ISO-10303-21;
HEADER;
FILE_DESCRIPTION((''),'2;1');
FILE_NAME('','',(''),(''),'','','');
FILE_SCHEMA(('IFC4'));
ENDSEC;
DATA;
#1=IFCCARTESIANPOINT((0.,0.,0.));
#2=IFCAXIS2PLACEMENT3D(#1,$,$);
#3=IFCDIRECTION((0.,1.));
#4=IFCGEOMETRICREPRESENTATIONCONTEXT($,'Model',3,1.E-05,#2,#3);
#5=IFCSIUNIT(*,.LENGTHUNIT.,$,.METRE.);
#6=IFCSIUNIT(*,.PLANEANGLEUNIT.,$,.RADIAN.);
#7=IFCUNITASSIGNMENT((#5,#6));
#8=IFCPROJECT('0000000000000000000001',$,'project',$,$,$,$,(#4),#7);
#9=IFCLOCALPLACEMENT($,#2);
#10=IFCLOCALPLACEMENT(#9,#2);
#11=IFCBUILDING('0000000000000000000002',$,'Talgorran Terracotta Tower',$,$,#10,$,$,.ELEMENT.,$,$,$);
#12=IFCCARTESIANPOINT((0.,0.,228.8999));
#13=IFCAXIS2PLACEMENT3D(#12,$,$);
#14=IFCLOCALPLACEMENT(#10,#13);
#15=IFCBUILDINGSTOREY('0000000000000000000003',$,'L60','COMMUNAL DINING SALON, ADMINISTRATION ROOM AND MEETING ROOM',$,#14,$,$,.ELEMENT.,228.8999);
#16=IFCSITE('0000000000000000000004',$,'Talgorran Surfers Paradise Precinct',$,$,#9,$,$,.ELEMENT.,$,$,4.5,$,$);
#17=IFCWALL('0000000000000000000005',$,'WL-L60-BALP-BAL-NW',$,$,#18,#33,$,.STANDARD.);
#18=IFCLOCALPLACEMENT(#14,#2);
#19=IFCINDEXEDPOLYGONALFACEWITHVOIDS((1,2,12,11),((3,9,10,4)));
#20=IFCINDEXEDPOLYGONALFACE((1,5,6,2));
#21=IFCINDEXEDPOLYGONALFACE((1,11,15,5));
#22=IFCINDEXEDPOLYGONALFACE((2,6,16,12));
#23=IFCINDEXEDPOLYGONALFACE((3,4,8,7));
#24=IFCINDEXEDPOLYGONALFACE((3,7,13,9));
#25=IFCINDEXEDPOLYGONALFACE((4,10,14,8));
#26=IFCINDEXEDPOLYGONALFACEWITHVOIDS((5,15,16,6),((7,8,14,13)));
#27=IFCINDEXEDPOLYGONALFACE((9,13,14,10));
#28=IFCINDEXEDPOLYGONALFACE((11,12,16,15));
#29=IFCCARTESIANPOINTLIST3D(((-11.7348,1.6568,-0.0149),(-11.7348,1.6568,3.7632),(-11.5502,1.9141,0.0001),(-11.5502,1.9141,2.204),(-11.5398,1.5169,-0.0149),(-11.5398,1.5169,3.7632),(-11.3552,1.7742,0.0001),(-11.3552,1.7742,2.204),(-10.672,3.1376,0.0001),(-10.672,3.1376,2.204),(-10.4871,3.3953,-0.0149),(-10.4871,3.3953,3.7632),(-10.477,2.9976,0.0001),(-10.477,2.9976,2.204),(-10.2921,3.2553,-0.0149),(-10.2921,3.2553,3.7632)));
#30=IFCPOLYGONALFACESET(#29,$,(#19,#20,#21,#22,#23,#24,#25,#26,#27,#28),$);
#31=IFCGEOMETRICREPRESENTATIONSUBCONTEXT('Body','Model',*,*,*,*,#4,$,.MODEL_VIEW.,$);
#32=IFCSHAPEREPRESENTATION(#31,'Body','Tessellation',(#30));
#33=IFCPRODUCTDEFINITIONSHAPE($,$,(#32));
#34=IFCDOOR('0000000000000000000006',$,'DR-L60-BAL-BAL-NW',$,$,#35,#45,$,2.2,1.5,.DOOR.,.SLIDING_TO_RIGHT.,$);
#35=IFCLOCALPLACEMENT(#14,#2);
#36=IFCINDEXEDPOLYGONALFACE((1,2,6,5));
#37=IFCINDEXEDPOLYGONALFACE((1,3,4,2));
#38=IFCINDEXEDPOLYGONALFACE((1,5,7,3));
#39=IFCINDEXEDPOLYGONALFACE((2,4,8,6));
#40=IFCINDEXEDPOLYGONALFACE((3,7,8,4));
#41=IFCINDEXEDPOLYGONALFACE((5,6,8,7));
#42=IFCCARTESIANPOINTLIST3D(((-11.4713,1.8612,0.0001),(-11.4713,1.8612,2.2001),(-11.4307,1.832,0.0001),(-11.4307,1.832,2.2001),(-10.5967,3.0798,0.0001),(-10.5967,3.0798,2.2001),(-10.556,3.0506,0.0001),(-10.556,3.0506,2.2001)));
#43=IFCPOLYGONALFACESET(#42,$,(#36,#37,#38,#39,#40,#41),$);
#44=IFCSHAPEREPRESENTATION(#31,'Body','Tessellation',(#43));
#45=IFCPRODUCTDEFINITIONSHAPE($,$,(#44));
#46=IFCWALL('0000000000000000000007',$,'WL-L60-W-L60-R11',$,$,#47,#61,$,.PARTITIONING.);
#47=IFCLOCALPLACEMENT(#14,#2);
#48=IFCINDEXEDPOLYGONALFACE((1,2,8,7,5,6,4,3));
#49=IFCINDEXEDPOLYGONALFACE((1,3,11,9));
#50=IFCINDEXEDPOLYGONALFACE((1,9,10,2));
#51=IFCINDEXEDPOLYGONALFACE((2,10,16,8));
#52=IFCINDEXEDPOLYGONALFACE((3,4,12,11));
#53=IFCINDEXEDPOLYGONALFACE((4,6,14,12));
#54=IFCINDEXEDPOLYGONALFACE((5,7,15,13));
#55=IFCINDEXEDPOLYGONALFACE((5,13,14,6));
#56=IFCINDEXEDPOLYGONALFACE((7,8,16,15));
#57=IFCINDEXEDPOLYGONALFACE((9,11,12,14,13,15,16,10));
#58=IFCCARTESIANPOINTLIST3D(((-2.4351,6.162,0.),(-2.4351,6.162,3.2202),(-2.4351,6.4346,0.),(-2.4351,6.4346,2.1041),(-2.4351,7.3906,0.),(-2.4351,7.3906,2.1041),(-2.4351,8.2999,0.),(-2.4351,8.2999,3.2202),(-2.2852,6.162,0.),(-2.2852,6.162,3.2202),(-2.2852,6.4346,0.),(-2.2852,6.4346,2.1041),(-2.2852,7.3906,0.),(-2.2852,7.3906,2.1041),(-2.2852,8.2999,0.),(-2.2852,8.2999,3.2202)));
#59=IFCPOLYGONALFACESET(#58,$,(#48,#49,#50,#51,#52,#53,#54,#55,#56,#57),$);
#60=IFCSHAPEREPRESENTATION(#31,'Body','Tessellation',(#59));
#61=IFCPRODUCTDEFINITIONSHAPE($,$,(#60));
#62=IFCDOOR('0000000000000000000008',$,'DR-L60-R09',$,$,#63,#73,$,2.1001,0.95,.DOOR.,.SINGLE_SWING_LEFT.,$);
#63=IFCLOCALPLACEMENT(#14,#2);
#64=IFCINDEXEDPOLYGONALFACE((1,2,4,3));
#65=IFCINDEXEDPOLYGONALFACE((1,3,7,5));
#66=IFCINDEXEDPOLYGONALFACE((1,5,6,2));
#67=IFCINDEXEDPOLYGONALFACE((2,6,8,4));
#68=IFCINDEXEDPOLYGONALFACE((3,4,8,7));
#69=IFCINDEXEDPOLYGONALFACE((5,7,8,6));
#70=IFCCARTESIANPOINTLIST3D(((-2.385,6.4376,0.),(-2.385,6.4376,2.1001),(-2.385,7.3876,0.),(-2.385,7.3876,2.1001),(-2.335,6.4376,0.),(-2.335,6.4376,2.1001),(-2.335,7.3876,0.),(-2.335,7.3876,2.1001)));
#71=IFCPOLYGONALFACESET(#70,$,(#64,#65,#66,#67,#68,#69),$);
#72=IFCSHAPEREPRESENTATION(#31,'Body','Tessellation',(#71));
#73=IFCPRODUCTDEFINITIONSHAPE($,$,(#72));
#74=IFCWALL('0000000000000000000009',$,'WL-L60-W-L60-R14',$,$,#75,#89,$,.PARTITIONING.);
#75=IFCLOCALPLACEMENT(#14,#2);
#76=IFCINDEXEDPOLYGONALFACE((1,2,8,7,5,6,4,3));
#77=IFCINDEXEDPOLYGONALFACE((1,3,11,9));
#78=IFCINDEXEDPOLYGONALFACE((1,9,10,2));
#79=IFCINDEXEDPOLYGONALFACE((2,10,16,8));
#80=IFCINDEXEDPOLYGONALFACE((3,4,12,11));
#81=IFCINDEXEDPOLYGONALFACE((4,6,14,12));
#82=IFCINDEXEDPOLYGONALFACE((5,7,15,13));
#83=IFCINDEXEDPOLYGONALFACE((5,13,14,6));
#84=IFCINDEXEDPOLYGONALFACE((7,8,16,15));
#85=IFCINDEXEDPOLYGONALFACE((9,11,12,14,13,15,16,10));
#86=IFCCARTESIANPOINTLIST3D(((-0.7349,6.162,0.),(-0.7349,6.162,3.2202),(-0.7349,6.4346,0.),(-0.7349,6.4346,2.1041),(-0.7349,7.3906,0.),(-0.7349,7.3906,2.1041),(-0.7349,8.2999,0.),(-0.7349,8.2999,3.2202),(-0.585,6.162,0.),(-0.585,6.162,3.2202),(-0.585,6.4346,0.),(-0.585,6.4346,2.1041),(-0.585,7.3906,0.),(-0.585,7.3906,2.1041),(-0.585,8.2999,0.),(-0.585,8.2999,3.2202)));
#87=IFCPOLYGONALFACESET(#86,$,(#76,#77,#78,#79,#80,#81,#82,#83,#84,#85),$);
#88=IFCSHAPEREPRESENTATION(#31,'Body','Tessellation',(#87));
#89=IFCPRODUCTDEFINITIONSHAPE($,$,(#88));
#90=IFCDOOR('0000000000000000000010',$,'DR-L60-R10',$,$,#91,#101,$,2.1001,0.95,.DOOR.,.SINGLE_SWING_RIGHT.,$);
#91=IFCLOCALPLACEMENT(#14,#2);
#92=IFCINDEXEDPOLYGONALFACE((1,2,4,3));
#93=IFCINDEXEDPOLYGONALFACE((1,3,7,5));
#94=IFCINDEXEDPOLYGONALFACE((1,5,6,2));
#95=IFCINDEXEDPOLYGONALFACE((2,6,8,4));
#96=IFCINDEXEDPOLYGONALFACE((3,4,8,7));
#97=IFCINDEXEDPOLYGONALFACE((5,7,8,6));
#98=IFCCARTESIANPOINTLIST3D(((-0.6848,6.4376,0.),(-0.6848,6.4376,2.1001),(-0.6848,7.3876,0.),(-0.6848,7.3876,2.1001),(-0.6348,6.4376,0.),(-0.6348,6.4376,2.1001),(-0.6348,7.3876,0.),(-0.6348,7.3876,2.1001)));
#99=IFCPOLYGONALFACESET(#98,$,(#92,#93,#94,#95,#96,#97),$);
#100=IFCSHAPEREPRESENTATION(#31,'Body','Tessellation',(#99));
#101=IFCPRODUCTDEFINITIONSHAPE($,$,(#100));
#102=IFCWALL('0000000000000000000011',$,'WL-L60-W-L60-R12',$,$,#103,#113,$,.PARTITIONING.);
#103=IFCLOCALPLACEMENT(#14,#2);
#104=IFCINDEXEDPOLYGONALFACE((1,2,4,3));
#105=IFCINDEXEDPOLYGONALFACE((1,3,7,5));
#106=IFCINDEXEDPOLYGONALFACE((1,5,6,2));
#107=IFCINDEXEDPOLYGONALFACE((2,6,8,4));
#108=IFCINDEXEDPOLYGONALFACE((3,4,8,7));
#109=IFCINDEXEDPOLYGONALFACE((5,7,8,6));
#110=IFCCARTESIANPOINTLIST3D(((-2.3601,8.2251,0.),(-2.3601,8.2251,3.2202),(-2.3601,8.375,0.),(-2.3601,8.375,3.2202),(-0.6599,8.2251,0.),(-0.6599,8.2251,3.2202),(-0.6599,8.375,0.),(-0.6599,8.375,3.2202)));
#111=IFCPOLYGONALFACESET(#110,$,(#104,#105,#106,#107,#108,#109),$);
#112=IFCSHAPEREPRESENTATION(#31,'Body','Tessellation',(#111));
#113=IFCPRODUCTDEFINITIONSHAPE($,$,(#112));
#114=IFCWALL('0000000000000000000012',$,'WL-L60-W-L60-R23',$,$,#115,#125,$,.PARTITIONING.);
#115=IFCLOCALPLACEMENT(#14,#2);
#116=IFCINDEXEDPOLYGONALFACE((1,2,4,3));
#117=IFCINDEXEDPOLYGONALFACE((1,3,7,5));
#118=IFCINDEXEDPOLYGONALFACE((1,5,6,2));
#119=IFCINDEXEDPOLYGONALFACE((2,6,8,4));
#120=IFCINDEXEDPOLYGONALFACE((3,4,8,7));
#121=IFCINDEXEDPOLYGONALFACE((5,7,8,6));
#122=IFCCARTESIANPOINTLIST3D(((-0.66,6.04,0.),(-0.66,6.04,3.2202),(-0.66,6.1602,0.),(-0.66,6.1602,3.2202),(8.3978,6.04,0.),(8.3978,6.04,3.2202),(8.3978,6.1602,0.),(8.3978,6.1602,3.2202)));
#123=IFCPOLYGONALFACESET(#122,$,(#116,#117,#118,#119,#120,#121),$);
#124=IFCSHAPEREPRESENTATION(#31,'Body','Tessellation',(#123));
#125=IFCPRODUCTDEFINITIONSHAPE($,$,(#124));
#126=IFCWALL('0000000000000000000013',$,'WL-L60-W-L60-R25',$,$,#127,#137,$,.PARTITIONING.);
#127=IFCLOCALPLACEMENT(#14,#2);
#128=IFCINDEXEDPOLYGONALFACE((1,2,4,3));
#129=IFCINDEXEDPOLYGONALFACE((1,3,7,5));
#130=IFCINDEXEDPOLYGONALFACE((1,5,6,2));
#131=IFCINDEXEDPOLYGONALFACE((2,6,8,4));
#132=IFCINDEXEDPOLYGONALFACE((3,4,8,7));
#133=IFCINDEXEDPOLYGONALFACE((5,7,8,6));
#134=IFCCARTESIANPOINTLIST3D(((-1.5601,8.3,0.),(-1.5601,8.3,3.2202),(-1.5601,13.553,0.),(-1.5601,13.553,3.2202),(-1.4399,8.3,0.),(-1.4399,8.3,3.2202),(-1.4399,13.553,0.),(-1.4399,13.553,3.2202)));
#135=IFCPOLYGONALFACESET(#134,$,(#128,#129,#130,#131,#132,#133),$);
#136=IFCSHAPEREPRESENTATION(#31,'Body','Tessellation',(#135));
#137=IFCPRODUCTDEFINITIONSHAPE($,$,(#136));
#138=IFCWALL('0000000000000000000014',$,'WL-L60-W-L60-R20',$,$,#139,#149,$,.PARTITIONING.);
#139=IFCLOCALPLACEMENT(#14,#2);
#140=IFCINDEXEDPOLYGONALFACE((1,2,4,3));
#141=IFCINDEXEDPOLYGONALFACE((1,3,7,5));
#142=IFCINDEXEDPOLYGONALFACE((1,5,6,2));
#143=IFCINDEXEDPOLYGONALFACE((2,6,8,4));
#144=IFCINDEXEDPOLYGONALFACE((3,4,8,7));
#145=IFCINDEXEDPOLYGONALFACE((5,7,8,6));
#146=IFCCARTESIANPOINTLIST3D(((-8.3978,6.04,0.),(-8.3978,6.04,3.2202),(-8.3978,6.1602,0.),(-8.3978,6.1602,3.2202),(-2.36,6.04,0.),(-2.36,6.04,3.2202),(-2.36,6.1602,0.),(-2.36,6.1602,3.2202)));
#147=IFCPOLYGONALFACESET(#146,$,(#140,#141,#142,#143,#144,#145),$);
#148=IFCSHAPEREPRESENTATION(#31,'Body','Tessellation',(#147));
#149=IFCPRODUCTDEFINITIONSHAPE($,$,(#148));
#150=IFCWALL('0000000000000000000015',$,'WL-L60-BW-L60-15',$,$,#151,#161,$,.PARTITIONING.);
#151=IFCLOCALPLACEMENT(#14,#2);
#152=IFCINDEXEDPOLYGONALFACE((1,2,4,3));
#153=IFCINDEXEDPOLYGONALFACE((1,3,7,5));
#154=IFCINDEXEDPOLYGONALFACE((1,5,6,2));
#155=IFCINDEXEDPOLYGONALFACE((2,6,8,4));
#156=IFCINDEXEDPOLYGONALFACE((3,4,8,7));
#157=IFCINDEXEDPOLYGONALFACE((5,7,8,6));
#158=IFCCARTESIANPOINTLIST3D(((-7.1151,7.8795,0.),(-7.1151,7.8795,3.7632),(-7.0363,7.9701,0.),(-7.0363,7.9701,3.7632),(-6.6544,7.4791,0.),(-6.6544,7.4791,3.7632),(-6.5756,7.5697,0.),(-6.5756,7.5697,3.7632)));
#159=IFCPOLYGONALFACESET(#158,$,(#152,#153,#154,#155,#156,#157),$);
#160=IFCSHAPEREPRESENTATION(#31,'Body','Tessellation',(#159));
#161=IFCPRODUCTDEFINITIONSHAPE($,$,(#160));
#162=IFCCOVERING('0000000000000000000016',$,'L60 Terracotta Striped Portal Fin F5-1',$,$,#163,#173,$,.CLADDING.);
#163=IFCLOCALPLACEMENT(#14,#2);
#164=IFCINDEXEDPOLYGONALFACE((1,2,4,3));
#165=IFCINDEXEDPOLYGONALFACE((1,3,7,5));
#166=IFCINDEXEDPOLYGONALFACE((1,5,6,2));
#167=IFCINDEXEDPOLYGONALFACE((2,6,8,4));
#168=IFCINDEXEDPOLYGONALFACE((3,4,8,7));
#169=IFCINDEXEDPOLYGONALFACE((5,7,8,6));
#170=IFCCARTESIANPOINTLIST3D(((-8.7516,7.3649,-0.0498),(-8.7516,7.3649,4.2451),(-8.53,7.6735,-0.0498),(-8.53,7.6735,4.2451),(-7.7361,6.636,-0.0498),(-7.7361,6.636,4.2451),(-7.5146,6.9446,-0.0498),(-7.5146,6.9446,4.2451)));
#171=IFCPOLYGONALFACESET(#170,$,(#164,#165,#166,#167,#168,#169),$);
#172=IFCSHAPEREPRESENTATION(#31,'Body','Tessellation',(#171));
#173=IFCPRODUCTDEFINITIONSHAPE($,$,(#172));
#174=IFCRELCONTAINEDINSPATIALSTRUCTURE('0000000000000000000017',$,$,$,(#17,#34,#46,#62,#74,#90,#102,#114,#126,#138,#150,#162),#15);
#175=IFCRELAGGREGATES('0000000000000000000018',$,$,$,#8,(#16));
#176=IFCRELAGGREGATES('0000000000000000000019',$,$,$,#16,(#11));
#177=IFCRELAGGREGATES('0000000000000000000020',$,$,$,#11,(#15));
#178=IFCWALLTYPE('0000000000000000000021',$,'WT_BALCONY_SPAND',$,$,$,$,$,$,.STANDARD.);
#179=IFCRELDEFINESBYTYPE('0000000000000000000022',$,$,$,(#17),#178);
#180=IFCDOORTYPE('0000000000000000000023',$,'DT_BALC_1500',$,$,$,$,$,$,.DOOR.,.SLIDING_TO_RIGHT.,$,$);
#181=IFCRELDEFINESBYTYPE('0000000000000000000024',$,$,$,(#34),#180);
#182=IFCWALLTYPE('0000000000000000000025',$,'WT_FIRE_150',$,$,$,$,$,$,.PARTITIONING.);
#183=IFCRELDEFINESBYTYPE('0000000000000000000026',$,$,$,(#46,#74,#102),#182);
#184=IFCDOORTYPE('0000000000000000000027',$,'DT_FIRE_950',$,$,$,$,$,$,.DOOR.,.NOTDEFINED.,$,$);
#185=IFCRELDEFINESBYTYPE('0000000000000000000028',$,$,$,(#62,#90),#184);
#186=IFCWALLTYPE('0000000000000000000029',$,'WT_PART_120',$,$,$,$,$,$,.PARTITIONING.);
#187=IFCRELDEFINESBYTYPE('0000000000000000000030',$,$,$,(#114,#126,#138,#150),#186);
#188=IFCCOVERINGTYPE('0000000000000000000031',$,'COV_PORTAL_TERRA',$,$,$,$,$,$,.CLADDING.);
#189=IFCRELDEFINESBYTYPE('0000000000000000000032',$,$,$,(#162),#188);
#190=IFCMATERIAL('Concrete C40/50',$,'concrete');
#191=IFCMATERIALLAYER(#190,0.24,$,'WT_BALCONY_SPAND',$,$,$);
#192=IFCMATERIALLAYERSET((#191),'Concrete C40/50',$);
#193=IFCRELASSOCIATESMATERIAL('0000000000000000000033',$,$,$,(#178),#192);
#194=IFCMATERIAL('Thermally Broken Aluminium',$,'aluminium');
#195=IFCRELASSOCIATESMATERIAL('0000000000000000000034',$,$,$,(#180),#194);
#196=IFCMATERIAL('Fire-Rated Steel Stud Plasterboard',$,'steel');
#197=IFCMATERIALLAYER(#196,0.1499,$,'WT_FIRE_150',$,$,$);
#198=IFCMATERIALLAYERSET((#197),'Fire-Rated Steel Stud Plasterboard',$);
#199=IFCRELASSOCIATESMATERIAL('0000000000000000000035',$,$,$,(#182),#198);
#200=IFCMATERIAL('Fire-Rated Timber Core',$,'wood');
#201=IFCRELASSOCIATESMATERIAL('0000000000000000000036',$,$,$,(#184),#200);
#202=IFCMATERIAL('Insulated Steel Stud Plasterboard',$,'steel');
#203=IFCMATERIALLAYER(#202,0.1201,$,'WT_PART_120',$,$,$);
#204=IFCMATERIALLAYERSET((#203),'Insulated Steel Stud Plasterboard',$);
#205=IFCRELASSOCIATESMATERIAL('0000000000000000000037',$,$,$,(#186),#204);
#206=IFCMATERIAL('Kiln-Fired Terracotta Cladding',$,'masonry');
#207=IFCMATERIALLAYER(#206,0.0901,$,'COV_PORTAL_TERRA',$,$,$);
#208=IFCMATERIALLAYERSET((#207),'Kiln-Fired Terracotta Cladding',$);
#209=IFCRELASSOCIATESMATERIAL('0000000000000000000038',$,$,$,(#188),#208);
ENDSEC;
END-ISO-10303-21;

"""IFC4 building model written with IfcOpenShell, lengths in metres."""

from ifc_helpers import new_model, si_unit, direction, frame, frame_2d, origin, origin_2d, place, context, subcontext, project, spatial, rectangle, extrude, material, layer, layer_set, type_object, element, fill, save


model = new_model("IFC4")

# Units and contexts
model_context = context("Model", 3, precision=1e-05, world=origin(), true_north=direction((0.0, 1.0)))
body_context = subcontext(model_context, "Body", "Model", "MODEL_VIEW")
ifc_project = project(units=[si_unit("LENGTHUNIT", "METRE"), si_unit("PLANEANGLEUNIT", "RADIAN")], contexts=[model_context])

# Site, building, storey
site_placement = place(None, origin())
site = spatial("IfcSite", under=ifc_project, at=site_placement, Name="Talgorran Surfers Paradise Precinct", CompositionType="ELEMENT", RefElevation=4.5)
building_placement = place(site_placement, origin())
building = spatial("IfcBuilding", under=site, at=building_placement, Name="Talgorran Terracotta Tower", CompositionType="ELEMENT")
storey_placement = place(building_placement, frame((0.0, 0.0, 228.8999)))
storey = spatial("IfcBuildingStorey", under=building, at=storey_placement, Name="L60", Description="COMMUNAL DINING SALON, ADMINISTRATION ROOM AND MEETING ROOM", CompositionType="ELEMENT", Elevation=228.8999)

# Walls, openings, doors
ifc_material_1 = material(Name="Concrete C40/50", Category="concrete")
ifc_layer_1 = layer(ifc_material_1, 0.24, Name="WT_BALCONY_SPAND")
ifc_layer_set_1 = layer_set([ifc_layer_1], Name="Concrete C40/50")
wall_type_1 = type_object("IfcWallType", Name="WT_BALCONY_SPAND", PredefinedType="STANDARD", material=ifc_layer_set_1)
wall_1_placement = place(storey_placement, frame((-10.3896, 3.3252, -0.0149), z_axis=(0.0, 0.0, 1.0), x_axis=(-0.583093, -0.812405, 0.0)))
wall_1 = element("IfcWall", 1, at=wall_1_placement, inside=storey, type_object=wall_type_1, Name="WL-L60-BALP-BAL-NW", PredefinedType="STANDARD", context=body_context, shape_type="SweptSolid", body=[
    extrude(rectangle(XDim=2.1399, YDim=0.24, at=frame_2d((1.0698, 0.0))), origin(), (0.0, 0.0, 1.0), 3.7781),
])
opening_1_placement = place(wall_1_placement, frame((0.3201, 0.0, 0.0149)))
opening_1 = element("IfcOpeningElement", 2, at=opening_1_placement, cuts=wall_1, PredefinedType="OPENING", context=body_context, shape_type="SweptSolid", body=[
    extrude(rectangle(XDim=1.506, YDim=2.204, at=frame_2d((0.75, 1.1021))), frame((0.0, 0.1299, 0.0), z_axis=(0.0, -1.0, 0.0), x_axis=(1.0, 0.0, 0.0)), (0.0, 0.0, 1.0), 0.26),
])
ifc_material_2 = material(Name="Thermally Broken Aluminium", Category="aluminium")
door_type_1 = type_object("IfcDoorType", Name="DT_BALC_1500", OperationType="SLIDING_TO_RIGHT", PredefinedType="DOOR", material=ifc_material_2)
door_1_placement = place(opening_1_placement, origin())
door_1 = element("IfcDoor", 3, at=door_1_placement, inside=storey, type_object=door_type_1, Name="DR-L60-BAL-BAL-NW", OperationType="SLIDING_TO_RIGHT", OverallHeight=2.2, OverallWidth=1.5, PredefinedType="DOOR", context=body_context, shape_type="SweptSolid", body=[
    extrude(rectangle(XDim=1.5, YDim=2.2, at=frame_2d((0.75, 1.1001))), frame((0.0, 0.0249, 0.0), z_axis=(0.0, -1.0, 0.0), x_axis=(1.0, 0.0, 0.0)), (0.0, 0.0, 1.0), 0.05),
])
fill(opening_1, door_1)
ifc_material_3 = material(Name="Fire-Rated Steel Stud Plasterboard", Category="steel")
ifc_layer_2 = layer(ifc_material_3, 0.1499, Name="WT_FIRE_150")
ifc_layer_set_2 = layer_set([ifc_layer_2], Name="Fire-Rated Steel Stud Plasterboard")
wall_type_2 = type_object("IfcWallType", Name="WT_FIRE_150", PredefinedType="PARTITIONING", material=ifc_layer_set_2)
wall_2_placement = place(storey_placement, frame((-2.3601, 6.1621, 0.0), z_axis=(0.0, 0.0, 1.0), x_axis=(0.0, 1.0, 0.0)))
wall_2 = element("IfcWall", 4, at=wall_2_placement, inside=storey, type_object=wall_type_2, Name="WL-L60-W-L60-R11", PredefinedType="PARTITIONING", context=body_context, shape_type="SweptSolid", body=[
    extrude(rectangle(XDim=2.1379, YDim=0.1499, at=frame_2d((1.0688, 0.0))), origin(), (0.0, 0.0, 1.0), 3.2202),
])
opening_2_placement = place(wall_2_placement, frame((0.2754, 0.0, 0.0)))
opening_2 = element("IfcOpeningElement", 5, at=opening_2_placement, cuts=wall_2, PredefinedType="OPENING", context=body_context, shape_type="SweptSolid", body=[
    extrude(rectangle(XDim=0.956, YDim=2.1041, at=frame_2d((0.4751, 1.052))), frame((0.0, 0.085, 0.0), z_axis=(0.0, -1.0, 0.0), x_axis=(1.0, 0.0, 0.0)), (0.0, 0.0, 1.0), 0.1699),
])
ifc_material_4 = material(Name="Fire-Rated Timber Core", Category="wood")
door_type_2 = type_object("IfcDoorType", Name="DT_FIRE_950", OperationType="NOTDEFINED", PredefinedType="DOOR", material=ifc_material_4)
door_2_placement = place(opening_2_placement, origin())
door_2 = element("IfcDoor", 6, at=door_2_placement, inside=storey, type_object=door_type_2, Name="DR-L60-R09", OperationType="SINGLE_SWING_LEFT", OverallHeight=2.1001, OverallWidth=0.95, PredefinedType="DOOR", context=body_context, shape_type="SweptSolid", body=[
    extrude(rectangle(XDim=0.95, YDim=2.1001, at=frame_2d((0.4751, 1.05))), frame((0.0, 0.0249, 0.0), z_axis=(0.0, -1.0, 0.0), x_axis=(1.0, 0.0, 0.0)), (0.0, 0.0, 1.0), 0.05),
])
fill(opening_2, door_2)
wall_3_placement = place(storey_placement, frame((-0.6599, 6.1621, 0.0), z_axis=(0.0, 0.0, 1.0), x_axis=(0.0, 1.0, 0.0)))
wall_3 = element("IfcWall", 7, at=wall_3_placement, inside=storey, type_object=wall_type_2, Name="WL-L60-W-L60-R14", PredefinedType="PARTITIONING", context=body_context, shape_type="SweptSolid", body=[
    extrude(rectangle(XDim=2.1379, YDim=0.1499, at=frame_2d((1.0688, 0.0))), origin(), (0.0, 0.0, 1.0), 3.2202),
])
opening_3_placement = place(wall_3_placement, frame((0.2754, 0.0, 0.0)))
opening_3 = element("IfcOpeningElement", 8, at=opening_3_placement, cuts=wall_3, PredefinedType="OPENING", context=body_context, shape_type="SweptSolid", body=[
    extrude(rectangle(XDim=0.956, YDim=2.1041, at=frame_2d((0.4751, 1.052))), frame((0.0, 0.085, 0.0), z_axis=(0.0, -1.0, 0.0), x_axis=(1.0, 0.0, 0.0)), (0.0, 0.0, 1.0), 0.1699),
])
door_3_placement = place(opening_3_placement, origin())
door_3 = element("IfcDoor", 9, at=door_3_placement, inside=storey, type_object=door_type_2, Name="DR-L60-R10", OperationType="SINGLE_SWING_RIGHT", OverallHeight=2.1001, OverallWidth=0.95, PredefinedType="DOOR", context=body_context, shape_type="SweptSolid", body=[
    extrude(rectangle(XDim=0.95, YDim=2.1001, at=frame_2d((0.4751, 1.05))), frame((0.0, 0.0249, 0.0), z_axis=(0.0, -1.0, 0.0), x_axis=(1.0, 0.0, 0.0)), (0.0, 0.0, 1.0), 0.05),
])
fill(opening_3, door_3)

# Walls
wall_4_placement = place(storey_placement, frame((-2.3601, 8.3, 0.0), z_axis=(0.0, 0.0, 1.0), x_axis=(1.0, 0.0, 0.0)))
element("IfcWall", 10, at=wall_4_placement, inside=storey, type_object=wall_type_2, Name="WL-L60-W-L60-R12", PredefinedType="PARTITIONING", context=body_context, shape_type="SweptSolid", body=[
    extrude(rectangle(XDim=1.7002, YDim=0.1499, at=frame_2d((0.8501, 0.0))), origin(), (0.0, 0.0, 1.0), 3.2202),
])
ifc_material_5 = material(Name="Insulated Steel Stud Plasterboard", Category="steel")
ifc_layer_3 = layer(ifc_material_5, 0.1201, Name="WT_PART_120")
ifc_layer_set_3 = layer_set([ifc_layer_3], Name="Insulated Steel Stud Plasterboard")
wall_type_3 = type_object("IfcWallType", Name="WT_PART_120", PredefinedType="PARTITIONING", material=ifc_layer_set_3)
wall_5_placement = place(storey_placement, frame((-0.6599, 6.1001, 0.0), z_axis=(0.0, 0.0, 1.0), x_axis=(1.0, 0.0, 0.0)))
element("IfcWall", 11, at=wall_5_placement, inside=storey, type_object=wall_type_3, Name="WL-L60-W-L60-R23", PredefinedType="PARTITIONING", context=body_context, shape_type="SweptSolid", body=[
    extrude(rectangle(XDim=9.0579, YDim=0.1201, at=frame_2d((4.5288, 0.0))), origin(), (0.0, 0.0, 1.0), 3.2202),
])
wall_6_placement = place(storey_placement, frame((-1.5, 8.3, 0.0), z_axis=(0.0, 0.0, 1.0), x_axis=(0.0, 1.0, 0.0)))
element("IfcWall", 12, at=wall_6_placement, inside=storey, type_object=wall_type_3, Name="WL-L60-W-L60-R25", PredefinedType="PARTITIONING", context=body_context, shape_type="SweptSolid", body=[
    extrude(rectangle(XDim=5.2529, YDim=0.1201, at=frame_2d((2.6265, 0.0))), origin(), (0.0, 0.0, 1.0), 3.2202),
])
wall_7_placement = place(storey_placement, frame((-8.3979, 6.1001, 0.0), z_axis=(0.0, 0.0, 1.0), x_axis=(1.0, 0.0, 0.0)))
element("IfcWall", 13, at=wall_7_placement, inside=storey, type_object=wall_type_3, Name="WL-L60-W-L60-R20", PredefinedType="PARTITIONING", context=body_context, shape_type="SweptSolid", body=[
    extrude(rectangle(XDim=6.0378, YDim=0.1201, at=frame_2d((3.019, 0.0))), origin(), (0.0, 0.0, 1.0), 3.2202),
])
wall_8_placement = place(storey_placement, frame((-6.615, 7.5244, 0.0), z_axis=(0.0, 0.0, 1.0), x_axis=(-0.754778, 0.655981, 0.0)))
element("IfcWall", 14, at=wall_8_placement, inside=storey, type_object=wall_type_3, Name="WL-L60-BW-L60-15", PredefinedType="PARTITIONING", context=body_context, shape_type="SweptSolid", body=[
    extrude(rectangle(XDim=0.6104, YDim=0.1201, at=frame_2d((0.3052, 0.0))), origin(), (0.0, 0.0, 1.0), 3.7632),
])

# Covering
ifc_material_6 = material(Name="Kiln-Fired Terracotta Cladding", Category="masonry")
ifc_layer_4 = layer(ifc_material_6, 0.0901, Name="COV_PORTAL_TERRA")
ifc_layer_set_4 = layer_set([ifc_layer_4], Name="Kiln-Fired Terracotta Cladding")
covering_type = type_object("IfcCoveringType", Name="COV_PORTAL_TERRA", PredefinedType="CLADDING", material=ifc_layer_set_4)
covering_placement = place(storey_placement, frame((-8.1331, 7.1548, -0.0498), z_axis=(0.0, 0.0, 1.0), x_axis=(-0.583116, -0.812389, 0.0)))
element("IfcCovering", 15, at=covering_placement, inside=storey, type_object=covering_type, Name="L60 Terracotta Striped Portal Fin F5-1", PredefinedType="CLADDING", context=body_context, shape_type="SweptSolid", body=[
    extrude(rectangle(XDim=0.3799, YDim=1.25, at=origin_2d()), origin(), (0.0, 0.0, 1.0), 4.2949),
])

save(model, "model.ifc")
